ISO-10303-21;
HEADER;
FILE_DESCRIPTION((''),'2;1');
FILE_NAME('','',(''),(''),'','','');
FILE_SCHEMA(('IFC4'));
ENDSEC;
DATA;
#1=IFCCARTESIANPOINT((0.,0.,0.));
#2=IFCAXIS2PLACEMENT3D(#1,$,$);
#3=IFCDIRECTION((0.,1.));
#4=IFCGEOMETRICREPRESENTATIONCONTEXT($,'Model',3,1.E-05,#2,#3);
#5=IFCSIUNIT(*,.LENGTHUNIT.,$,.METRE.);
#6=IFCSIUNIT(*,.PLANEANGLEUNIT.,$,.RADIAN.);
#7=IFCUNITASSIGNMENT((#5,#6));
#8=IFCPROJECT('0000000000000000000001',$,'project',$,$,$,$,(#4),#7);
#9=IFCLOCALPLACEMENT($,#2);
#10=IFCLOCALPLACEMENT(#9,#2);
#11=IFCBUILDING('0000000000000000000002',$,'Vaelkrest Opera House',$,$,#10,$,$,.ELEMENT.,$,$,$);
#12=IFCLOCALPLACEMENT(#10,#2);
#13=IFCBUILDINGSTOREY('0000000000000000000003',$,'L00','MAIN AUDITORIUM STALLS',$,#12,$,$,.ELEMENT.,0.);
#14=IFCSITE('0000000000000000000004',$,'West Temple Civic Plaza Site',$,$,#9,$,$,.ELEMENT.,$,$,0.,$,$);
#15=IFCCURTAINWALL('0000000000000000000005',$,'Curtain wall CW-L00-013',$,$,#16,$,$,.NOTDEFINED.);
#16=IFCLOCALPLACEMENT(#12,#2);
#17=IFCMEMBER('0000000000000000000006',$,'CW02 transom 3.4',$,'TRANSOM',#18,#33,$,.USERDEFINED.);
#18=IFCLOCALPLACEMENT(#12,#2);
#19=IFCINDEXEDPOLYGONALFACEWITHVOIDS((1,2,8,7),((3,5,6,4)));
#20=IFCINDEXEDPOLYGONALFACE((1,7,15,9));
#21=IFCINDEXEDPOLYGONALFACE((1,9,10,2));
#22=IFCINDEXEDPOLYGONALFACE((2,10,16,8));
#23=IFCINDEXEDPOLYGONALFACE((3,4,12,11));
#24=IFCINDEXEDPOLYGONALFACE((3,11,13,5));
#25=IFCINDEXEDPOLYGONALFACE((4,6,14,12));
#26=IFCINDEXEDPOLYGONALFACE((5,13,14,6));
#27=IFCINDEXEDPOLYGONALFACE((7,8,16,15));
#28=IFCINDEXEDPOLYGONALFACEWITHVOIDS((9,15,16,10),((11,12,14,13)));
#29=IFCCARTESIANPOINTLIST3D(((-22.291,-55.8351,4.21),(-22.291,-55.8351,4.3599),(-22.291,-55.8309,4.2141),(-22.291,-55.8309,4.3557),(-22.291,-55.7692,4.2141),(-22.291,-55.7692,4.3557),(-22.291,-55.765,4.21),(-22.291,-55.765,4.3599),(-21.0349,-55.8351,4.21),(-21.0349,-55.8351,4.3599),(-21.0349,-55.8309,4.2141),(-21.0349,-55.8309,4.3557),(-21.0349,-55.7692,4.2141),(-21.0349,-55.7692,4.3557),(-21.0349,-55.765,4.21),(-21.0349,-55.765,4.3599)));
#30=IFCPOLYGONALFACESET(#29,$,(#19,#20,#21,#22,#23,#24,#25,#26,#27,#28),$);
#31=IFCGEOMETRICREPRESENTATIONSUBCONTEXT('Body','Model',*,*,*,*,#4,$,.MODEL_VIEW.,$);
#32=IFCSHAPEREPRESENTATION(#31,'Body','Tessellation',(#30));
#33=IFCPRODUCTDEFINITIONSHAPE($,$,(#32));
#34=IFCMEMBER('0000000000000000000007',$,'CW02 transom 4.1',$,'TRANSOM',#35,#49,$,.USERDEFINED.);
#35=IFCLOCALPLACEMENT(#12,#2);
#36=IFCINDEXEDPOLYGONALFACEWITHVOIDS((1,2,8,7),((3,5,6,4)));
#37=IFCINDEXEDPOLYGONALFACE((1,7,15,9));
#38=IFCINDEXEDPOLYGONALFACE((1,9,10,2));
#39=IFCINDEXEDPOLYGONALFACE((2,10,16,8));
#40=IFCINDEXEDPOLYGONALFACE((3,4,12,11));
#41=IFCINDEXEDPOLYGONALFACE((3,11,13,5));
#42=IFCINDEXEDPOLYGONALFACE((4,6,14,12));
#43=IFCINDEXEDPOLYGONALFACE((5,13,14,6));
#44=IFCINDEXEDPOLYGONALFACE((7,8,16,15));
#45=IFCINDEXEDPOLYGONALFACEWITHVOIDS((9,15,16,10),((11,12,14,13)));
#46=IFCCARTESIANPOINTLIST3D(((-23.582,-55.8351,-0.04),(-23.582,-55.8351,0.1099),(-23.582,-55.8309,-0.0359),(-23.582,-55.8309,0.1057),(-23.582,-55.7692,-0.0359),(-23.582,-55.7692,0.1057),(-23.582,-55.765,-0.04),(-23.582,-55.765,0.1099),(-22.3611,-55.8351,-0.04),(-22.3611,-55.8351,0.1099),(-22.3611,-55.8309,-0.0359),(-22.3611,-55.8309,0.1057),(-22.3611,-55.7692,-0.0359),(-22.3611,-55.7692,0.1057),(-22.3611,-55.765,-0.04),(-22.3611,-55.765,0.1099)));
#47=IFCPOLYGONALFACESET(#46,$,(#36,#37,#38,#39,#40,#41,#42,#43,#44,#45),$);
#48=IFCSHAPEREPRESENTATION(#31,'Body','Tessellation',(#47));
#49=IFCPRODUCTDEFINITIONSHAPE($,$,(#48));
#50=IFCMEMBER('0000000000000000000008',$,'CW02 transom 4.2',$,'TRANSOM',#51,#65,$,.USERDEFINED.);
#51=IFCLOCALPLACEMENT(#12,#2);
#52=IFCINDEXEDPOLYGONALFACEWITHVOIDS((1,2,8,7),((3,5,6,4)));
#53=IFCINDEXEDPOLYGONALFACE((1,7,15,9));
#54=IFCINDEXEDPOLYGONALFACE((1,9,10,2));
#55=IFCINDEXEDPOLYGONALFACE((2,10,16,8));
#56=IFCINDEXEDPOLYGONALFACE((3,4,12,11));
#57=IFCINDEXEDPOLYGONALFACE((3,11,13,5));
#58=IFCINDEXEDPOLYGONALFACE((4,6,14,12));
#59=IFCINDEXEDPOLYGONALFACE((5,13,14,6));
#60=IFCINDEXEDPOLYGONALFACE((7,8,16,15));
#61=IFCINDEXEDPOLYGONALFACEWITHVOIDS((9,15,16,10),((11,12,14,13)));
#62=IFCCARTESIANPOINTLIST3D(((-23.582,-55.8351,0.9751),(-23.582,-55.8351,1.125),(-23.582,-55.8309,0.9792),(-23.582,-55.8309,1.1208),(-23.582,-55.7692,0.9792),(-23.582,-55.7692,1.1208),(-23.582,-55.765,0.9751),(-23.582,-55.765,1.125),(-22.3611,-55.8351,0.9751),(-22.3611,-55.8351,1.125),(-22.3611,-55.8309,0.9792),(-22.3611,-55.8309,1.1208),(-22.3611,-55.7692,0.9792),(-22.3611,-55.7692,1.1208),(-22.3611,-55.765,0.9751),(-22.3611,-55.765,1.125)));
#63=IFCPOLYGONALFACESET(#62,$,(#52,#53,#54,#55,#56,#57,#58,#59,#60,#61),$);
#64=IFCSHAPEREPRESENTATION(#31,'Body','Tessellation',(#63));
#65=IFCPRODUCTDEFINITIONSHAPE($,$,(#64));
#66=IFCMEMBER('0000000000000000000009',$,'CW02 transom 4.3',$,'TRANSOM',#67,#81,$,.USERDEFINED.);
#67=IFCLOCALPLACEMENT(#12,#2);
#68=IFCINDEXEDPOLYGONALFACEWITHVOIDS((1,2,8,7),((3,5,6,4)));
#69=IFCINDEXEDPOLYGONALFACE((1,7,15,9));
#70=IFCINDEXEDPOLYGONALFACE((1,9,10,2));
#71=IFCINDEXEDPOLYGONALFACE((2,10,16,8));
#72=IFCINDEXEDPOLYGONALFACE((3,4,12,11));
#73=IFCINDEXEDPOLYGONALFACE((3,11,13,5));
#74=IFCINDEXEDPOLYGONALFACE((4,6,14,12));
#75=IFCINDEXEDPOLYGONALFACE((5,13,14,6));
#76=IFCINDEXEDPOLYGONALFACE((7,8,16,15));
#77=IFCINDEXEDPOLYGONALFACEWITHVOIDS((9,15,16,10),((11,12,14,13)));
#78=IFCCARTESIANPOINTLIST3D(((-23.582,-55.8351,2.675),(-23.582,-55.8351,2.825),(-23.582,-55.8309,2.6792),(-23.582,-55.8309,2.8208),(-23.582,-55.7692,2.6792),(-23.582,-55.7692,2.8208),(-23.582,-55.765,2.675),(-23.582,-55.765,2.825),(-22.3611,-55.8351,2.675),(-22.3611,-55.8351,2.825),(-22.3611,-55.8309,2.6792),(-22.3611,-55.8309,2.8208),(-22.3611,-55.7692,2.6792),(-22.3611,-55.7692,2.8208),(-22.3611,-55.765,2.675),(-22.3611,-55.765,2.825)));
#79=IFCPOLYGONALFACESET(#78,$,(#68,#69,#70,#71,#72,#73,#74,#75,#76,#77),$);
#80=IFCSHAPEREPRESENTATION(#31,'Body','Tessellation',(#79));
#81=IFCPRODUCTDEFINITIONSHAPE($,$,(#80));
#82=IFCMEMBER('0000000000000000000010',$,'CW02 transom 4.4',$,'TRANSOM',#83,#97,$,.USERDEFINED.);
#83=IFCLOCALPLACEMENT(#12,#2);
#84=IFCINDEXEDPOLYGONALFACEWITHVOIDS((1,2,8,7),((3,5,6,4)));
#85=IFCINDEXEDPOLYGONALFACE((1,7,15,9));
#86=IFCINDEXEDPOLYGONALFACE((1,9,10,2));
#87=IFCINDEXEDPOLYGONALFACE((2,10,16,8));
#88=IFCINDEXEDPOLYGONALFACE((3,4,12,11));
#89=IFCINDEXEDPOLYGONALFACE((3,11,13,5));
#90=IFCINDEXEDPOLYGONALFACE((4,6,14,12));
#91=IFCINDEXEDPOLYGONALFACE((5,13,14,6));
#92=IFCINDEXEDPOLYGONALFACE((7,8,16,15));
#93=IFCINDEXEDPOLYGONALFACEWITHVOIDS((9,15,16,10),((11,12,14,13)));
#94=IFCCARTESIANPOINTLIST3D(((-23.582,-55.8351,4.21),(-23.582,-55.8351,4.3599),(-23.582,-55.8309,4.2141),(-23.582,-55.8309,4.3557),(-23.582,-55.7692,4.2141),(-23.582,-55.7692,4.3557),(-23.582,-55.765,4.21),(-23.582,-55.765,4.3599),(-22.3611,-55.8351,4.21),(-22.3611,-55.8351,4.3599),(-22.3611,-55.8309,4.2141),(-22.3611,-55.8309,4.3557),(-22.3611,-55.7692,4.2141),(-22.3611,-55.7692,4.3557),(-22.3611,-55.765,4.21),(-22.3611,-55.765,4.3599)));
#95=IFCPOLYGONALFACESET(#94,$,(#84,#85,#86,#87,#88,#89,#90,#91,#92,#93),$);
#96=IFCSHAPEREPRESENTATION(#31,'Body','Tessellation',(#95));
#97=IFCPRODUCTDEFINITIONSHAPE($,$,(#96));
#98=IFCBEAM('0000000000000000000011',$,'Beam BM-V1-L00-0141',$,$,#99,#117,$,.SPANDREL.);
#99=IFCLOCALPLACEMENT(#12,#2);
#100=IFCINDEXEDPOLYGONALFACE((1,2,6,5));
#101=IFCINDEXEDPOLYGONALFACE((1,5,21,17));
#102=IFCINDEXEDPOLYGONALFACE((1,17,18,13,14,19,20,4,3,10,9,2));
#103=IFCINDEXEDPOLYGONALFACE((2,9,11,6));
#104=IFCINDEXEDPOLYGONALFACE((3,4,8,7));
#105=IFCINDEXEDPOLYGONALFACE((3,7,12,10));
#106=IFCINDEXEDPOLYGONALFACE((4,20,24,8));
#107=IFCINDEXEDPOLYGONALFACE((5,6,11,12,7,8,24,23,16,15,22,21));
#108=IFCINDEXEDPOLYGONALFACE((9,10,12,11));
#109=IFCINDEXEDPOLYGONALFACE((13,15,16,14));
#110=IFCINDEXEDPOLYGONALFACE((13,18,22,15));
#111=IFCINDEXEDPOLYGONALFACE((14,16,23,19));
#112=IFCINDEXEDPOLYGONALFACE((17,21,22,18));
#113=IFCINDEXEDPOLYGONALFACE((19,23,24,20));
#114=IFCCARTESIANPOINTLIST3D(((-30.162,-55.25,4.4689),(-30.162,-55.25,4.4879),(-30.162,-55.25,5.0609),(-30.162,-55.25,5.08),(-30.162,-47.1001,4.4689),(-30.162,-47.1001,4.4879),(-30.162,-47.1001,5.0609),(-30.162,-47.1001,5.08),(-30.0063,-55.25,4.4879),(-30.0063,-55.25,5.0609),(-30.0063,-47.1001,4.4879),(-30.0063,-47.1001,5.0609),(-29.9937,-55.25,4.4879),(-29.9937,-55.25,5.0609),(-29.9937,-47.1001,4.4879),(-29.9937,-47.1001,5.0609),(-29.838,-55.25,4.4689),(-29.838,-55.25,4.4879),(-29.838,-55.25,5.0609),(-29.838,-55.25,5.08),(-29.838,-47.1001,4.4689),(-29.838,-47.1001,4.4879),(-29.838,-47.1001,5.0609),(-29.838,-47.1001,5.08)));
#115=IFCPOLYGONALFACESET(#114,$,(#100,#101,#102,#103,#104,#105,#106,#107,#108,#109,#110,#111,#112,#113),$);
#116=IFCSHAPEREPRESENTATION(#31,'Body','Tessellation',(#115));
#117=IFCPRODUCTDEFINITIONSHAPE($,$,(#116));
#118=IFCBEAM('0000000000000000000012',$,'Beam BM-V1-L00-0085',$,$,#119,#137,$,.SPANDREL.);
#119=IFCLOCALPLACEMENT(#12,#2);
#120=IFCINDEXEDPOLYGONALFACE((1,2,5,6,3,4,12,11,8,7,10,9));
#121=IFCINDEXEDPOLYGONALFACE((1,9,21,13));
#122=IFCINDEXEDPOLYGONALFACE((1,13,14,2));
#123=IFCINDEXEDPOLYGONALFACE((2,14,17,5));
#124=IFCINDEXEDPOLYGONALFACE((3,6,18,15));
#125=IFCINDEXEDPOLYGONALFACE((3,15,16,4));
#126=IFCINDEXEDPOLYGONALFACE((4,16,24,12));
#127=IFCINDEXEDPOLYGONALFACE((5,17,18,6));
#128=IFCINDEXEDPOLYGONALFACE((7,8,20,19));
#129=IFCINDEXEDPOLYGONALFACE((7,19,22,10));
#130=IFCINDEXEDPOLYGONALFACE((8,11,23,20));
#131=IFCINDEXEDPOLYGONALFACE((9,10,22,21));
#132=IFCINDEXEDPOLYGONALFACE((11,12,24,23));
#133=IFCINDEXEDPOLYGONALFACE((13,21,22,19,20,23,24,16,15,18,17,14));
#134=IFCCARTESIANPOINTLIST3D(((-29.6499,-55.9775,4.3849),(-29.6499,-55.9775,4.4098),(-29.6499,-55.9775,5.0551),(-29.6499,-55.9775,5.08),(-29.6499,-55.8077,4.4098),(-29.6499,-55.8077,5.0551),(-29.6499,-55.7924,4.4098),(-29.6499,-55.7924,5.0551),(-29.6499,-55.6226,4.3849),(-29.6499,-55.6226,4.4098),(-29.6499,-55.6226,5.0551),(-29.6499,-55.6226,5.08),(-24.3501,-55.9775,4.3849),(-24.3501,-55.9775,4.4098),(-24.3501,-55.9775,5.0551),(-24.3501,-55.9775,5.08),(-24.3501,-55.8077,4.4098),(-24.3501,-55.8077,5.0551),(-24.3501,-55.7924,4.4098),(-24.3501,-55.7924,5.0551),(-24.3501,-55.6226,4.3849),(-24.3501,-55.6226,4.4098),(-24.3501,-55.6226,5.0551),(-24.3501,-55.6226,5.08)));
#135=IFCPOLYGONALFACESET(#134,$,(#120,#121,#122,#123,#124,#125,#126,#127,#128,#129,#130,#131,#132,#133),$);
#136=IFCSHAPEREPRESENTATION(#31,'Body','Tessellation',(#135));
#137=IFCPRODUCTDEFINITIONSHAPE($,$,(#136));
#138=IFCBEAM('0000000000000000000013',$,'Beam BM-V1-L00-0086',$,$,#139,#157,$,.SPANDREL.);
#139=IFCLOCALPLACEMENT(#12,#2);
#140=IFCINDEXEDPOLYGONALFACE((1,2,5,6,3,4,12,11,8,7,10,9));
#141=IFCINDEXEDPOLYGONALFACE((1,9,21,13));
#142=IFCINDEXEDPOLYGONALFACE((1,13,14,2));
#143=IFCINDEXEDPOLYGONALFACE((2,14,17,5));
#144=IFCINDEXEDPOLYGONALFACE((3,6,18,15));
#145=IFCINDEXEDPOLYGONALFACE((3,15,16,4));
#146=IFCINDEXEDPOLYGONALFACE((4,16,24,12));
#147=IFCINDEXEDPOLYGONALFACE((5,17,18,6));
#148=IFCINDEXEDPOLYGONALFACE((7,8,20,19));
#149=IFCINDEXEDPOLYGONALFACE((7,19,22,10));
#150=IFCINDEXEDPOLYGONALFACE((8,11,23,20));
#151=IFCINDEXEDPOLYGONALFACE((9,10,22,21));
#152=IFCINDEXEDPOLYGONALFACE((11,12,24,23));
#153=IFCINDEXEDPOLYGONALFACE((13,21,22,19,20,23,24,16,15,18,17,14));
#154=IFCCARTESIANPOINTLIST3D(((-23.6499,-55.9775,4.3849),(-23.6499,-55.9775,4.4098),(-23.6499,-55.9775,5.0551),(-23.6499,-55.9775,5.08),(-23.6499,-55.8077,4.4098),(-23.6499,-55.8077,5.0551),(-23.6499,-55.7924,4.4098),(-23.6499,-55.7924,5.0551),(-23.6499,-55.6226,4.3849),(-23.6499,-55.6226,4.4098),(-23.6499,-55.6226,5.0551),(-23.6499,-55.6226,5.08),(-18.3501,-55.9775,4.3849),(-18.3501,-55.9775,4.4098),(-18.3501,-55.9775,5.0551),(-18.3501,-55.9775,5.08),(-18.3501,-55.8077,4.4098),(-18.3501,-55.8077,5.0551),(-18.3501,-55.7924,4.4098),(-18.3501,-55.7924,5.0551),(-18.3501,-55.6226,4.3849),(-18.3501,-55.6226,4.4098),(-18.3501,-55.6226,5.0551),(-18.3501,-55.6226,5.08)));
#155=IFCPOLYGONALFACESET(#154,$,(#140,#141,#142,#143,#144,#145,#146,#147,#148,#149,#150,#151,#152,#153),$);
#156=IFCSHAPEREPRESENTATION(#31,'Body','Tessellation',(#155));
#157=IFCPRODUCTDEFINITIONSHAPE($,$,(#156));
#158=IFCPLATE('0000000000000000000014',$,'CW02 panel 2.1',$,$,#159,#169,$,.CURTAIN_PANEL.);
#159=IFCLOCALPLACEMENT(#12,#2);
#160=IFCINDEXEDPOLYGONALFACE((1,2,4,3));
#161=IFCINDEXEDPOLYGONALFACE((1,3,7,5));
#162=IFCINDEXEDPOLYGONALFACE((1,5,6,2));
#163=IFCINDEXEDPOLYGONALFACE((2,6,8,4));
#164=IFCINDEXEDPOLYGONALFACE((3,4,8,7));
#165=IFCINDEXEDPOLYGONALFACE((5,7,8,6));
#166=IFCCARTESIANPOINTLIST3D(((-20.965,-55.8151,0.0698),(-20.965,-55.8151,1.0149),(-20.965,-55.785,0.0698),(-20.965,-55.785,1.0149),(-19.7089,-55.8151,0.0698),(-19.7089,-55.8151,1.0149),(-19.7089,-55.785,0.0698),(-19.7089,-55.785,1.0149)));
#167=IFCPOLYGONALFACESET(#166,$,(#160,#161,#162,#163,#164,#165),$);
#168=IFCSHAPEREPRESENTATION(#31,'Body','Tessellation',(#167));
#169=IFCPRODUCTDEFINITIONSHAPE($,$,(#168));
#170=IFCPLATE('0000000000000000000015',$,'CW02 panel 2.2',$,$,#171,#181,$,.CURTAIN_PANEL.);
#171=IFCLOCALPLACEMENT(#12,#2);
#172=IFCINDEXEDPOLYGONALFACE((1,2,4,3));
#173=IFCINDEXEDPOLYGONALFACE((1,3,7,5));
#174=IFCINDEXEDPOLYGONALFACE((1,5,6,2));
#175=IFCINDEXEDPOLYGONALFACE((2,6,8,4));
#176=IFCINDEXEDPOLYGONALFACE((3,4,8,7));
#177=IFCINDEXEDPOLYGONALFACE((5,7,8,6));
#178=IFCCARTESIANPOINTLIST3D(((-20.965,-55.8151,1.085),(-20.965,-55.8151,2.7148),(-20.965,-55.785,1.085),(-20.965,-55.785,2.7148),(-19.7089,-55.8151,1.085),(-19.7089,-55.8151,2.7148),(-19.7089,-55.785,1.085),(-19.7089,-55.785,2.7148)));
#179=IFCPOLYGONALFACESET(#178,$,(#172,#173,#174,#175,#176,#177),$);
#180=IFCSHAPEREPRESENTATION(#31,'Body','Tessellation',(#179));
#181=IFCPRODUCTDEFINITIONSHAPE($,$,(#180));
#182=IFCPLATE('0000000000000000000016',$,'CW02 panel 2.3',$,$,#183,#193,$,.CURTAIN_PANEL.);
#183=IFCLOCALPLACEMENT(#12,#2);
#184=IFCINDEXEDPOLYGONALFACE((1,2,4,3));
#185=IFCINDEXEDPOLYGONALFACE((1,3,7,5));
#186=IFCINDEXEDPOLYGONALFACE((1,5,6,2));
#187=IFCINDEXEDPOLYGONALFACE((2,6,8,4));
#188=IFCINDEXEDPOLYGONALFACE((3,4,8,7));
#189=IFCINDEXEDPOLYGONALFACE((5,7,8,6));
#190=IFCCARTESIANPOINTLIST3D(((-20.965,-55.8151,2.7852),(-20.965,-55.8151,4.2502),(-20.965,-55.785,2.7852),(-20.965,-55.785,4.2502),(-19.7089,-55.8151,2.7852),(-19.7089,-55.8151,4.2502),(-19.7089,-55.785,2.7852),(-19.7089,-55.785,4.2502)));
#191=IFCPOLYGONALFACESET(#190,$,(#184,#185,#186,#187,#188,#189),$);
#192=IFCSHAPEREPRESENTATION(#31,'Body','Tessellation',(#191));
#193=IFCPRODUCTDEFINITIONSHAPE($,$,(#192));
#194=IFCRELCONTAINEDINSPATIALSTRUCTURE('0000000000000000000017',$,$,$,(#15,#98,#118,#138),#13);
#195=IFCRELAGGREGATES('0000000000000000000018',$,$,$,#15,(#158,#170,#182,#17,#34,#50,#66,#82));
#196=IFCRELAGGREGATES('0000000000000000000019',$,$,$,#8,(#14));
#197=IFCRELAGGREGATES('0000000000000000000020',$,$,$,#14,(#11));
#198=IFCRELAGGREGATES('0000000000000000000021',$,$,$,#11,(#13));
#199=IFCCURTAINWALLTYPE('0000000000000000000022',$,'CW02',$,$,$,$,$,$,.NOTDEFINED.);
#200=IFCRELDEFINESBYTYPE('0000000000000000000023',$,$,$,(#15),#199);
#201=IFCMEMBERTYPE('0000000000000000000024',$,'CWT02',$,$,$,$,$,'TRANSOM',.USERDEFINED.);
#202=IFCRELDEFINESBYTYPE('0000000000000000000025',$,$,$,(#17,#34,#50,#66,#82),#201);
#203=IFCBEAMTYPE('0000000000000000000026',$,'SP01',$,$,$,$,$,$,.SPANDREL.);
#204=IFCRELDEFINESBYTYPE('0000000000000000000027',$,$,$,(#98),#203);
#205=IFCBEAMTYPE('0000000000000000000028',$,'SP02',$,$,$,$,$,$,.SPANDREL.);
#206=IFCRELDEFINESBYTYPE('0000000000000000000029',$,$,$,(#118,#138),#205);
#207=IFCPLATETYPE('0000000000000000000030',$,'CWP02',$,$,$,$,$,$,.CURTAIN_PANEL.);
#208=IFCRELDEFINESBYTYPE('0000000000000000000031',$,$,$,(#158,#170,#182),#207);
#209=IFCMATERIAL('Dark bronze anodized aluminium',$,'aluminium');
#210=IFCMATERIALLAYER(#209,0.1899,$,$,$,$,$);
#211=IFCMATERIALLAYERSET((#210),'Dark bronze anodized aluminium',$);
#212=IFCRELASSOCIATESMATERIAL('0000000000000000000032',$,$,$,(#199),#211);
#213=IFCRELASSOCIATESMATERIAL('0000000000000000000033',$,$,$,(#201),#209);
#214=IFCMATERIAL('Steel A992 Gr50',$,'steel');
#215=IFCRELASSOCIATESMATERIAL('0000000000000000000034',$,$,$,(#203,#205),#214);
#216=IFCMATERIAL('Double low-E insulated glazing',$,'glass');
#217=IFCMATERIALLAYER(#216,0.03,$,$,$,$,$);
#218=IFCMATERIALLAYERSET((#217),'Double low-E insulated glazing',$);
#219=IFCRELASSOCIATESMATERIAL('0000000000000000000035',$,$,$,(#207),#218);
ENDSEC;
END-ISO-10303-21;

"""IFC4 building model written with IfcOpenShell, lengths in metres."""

from ifc_helpers import new_model, si_unit, direction, frame, origin, origin_2d, place, context, subcontext, project, spatial, rectangle, hollow_rectangle, i_section, extrude, material, layer, layer_set, material_profile, profile_set, type_object, element, aggregate, save


model = new_model("IFC4")

# Units and contexts
model_context = context("Model", 3, precision=1e-05, world=origin(), true_north=direction((0.0, 1.0)))
body_context = subcontext(model_context, "Body", "Model", "MODEL_VIEW")
ifc_project = project(units=[si_unit("LENGTHUNIT", "METRE"), si_unit("PLANEANGLEUNIT", "RADIAN")], contexts=[model_context])

# Site, building, storey
site_placement = place(None, origin())
site = spatial("IfcSite", under=ifc_project, at=site_placement, Name="West Temple Civic Plaza Site", CompositionType="ELEMENT", RefElevation=0.0)
building_placement = place(site_placement, origin())
building = spatial("IfcBuilding", under=site, at=building_placement, Name="Vaelkrest Opera House", CompositionType="ELEMENT")
storey_placement = place(building_placement, origin())
storey = spatial("IfcBuildingStorey", under=building, at=storey_placement, Name="L00", Description="MAIN AUDITORIUM STALLS", CompositionType="ELEMENT", Elevation=0.0)

# Shared definitions
ifc_material_1 = material(Name="Steel A992 Gr50", Category="steel")

# Curtain wall, members
ifc_material_2 = material(Name="Dark bronze anodized aluminium", Category="aluminium")
ifc_layer_1 = layer(ifc_material_2, 0.1899)
ifc_layer_set_1 = layer_set([ifc_layer_1], Name="Dark bronze anodized aluminium")
curtain_wall_type = type_object("IfcCurtainWallType", Name="CW02", PredefinedType="NOTDEFINED", material=ifc_layer_set_1)
curtain_wall_placement = place(storey_placement, origin())
curtain_wall = element("IfcCurtainWall", 1, at=curtain_wall_placement, inside=storey, type_object=curtain_wall_type, Name="Curtain wall CW-L00-013", PredefinedType="NOTDEFINED")
ifc_material_profile_1 = material_profile(ifc_material_2, hollow_rectangle(XDim=0.0701, YDim=0.1499, WallThickness=0.0042, at=origin_2d()), Name="CWT70X150")
ifc_profile_set_1 = profile_set([ifc_material_profile_1], Name="Dark bronze anodized aluminium")
member_type_1 = type_object("IfcMemberType", Name="CWT02", ElementType="TRANSOM", PredefinedType="USERDEFINED", material=ifc_profile_set_1)
member_1_placement = place(storey_placement, frame((-21.0349, -55.8, 4.2849), z_axis=(-1.0, 0.0, 0.0), x_axis=(0.0, -1.0, 0.0)))
member_1 = element("IfcMember", 2, at=member_1_placement, type_object=member_type_1, Name="CW02 transom 3.4", ObjectType="TRANSOM", PredefinedType="USERDEFINED", context=body_context, shape_type="SweptSolid", body=[
    extrude(hollow_rectangle(XDim=0.0701, YDim=0.1499, WallThickness=0.0042, at=origin_2d()), origin(), (0.0, 0.0, 1.0), 1.2561),
])
member_2_placement = place(storey_placement, frame((-22.3611, -55.8, 0.0349), z_axis=(-1.0, 0.0, 0.0), x_axis=(0.0, -1.0, 0.0)))
member_2 = element("IfcMember", 3, at=member_2_placement, type_object=member_type_1, Name="CW02 transom 4.1", ObjectType="TRANSOM", PredefinedType="USERDEFINED", context=body_context, shape_type="SweptSolid", body=[
    extrude(hollow_rectangle(XDim=0.0701, YDim=0.1499, WallThickness=0.0042, at=origin_2d()), origin(), (0.0, 0.0, 1.0), 1.2209),
])
member_3_placement = place(storey_placement, frame((-22.3611, -55.8, 1.05), z_axis=(-1.0, 0.0, 0.0), x_axis=(0.0, -1.0, 0.0)))
member_3 = element("IfcMember", 4, at=member_3_placement, type_object=member_type_1, Name="CW02 transom 4.2", ObjectType="TRANSOM", PredefinedType="USERDEFINED", context=body_context, shape_type="SweptSolid", body=[
    extrude(hollow_rectangle(XDim=0.0701, YDim=0.1499, WallThickness=0.0042, at=origin_2d()), origin(), (0.0, 0.0, 1.0), 1.2209),
])
member_4_placement = place(storey_placement, frame((-22.3611, -55.8, 2.75), z_axis=(-1.0, 0.0, 0.0), x_axis=(0.0, -1.0, 0.0)))
member_4 = element("IfcMember", 5, at=member_4_placement, type_object=member_type_1, Name="CW02 transom 4.3", ObjectType="TRANSOM", PredefinedType="USERDEFINED", context=body_context, shape_type="SweptSolid", body=[
    extrude(hollow_rectangle(XDim=0.0701, YDim=0.1499, WallThickness=0.0042, at=origin_2d()), origin(), (0.0, 0.0, 1.0), 1.2209),
])
member_5_placement = place(storey_placement, frame((-22.3611, -55.8, 4.2849), z_axis=(-1.0, 0.0, 0.0), x_axis=(0.0, -1.0, 0.0)))
member_5 = element("IfcMember", 6, at=member_5_placement, type_object=member_type_1, Name="CW02 transom 4.4", ObjectType="TRANSOM", PredefinedType="USERDEFINED", context=body_context, shape_type="SweptSolid", body=[
    extrude(hollow_rectangle(XDim=0.0701, YDim=0.1499, WallThickness=0.0042, at=origin_2d()), origin(), (0.0, 0.0, 1.0), 1.2209),
])

# Beams
ifc_material_profile_2 = material_profile(ifc_material_1, i_section(OverallWidth=0.324, OverallDepth=0.6111, WebThickness=0.0127, FlangeThickness=0.019, at=origin_2d()), Name="W24X104")
ifc_profile_set_2 = profile_set([ifc_material_profile_2], Name="Steel A992 Gr50")
beam_type_1 = type_object("IfcBeamType", Name="SP01", PredefinedType="SPANDREL", material=ifc_profile_set_2)
beam_1_placement = place(storey_placement, frame((-30.0, -55.25, 4.7744), z_axis=(0.0, 1.0, 0.0), x_axis=(-1.0, 0.0, 0.0)))
element("IfcBeam", 7, at=beam_1_placement, inside=storey, type_object=beam_type_1, Name="Beam BM-V1-L00-0141", PredefinedType="SPANDREL", context=body_context, shape_type="SweptSolid", body=[
    extrude(i_section(OverallWidth=0.324, OverallDepth=0.6111, WebThickness=0.0127, FlangeThickness=0.019, at=origin_2d()), origin(), (0.0, 0.0, 1.0), 8.1499),
])
ifc_material_profile_3 = material_profile(ifc_material_1, i_section(OverallWidth=0.355, OverallDepth=0.6951, WebThickness=0.0154, FlangeThickness=0.0249, at=origin_2d()), Name="W27X146")
ifc_profile_set_3 = profile_set([ifc_material_profile_3], Name="Steel A992 Gr50")
beam_type_2 = type_object("IfcBeamType", Name="SP02", PredefinedType="SPANDREL", material=ifc_profile_set_3)
for number, where, z_axis, x_axis, name in (
    (8, (-29.6499, -55.8, 4.7324), (1.0, 0.0, 0.0), (0.0, 1.0, 0.0), "Beam BM-V1-L00-0085"),
    (9, (-23.6499, -55.8, 4.7324), (1.0, 0.0, 0.0), (0.0, 1.0, 0.0), "Beam BM-V1-L00-0086"),
):
    element("IfcBeam", number, at=place(storey_placement, frame(where, z_axis=z_axis, x_axis=x_axis)), inside=storey, type_object=beam_type_2, Name=name, PredefinedType="SPANDREL", context=body_context, shape_type="SweptSolid", body=[
        extrude(i_section(OverallWidth=0.355, OverallDepth=0.6951, WebThickness=0.0154, FlangeThickness=0.0249, at=origin_2d()), origin(), (0.0, 0.0, 1.0), 5.2998),
    ])

# Plates
ifc_material_3 = material(Name="Double low-E insulated glazing", Category="glass")
ifc_layer_2 = layer(ifc_material_3, 0.03)
ifc_layer_set_2 = layer_set([ifc_layer_2], Name="Double low-E insulated glazing")
plate_type = type_object("IfcPlateType", Name="CWP02", PredefinedType="CURTAIN_PANEL", material=ifc_layer_set_2)
plate_1_placement = place(storey_placement, frame((-20.3369, -55.8, 0.0698), z_axis=(0.0, 0.0, 1.0), x_axis=(-1.0, 0.0, 0.0)))
plate_1 = element("IfcPlate", 10, at=plate_1_placement, type_object=plate_type, Name="CW02 panel 2.1", PredefinedType="CURTAIN_PANEL", context=body_context, shape_type="SweptSolid", body=[
    extrude(rectangle(XDim=1.2561, YDim=0.03, at=origin_2d()), origin(), (0.0, 0.0, 1.0), 0.9451),
])
plate_2_placement = place(storey_placement, frame((-20.3369, -55.8, 1.085), z_axis=(0.0, 0.0, 1.0), x_axis=(-1.0, 0.0, 0.0)))
plate_2 = element("IfcPlate", 11, at=plate_2_placement, type_object=plate_type, Name="CW02 panel 2.2", PredefinedType="CURTAIN_PANEL", context=body_context, shape_type="SweptSolid", body=[
    extrude(rectangle(XDim=1.2561, YDim=0.03, at=origin_2d()), origin(), (0.0, 0.0, 1.0), 1.6299),
])
plate_3_placement = place(storey_placement, frame((-20.3369, -55.8, 2.7852), z_axis=(0.0, 0.0, 1.0), x_axis=(-1.0, 0.0, 0.0)))
plate_3 = element("IfcPlate", 12, at=plate_3_placement, type_object=plate_type, Name="CW02 panel 2.3", PredefinedType="CURTAIN_PANEL", context=body_context, shape_type="SweptSolid", body=[
    extrude(rectangle(XDim=1.2561, YDim=0.03, at=origin_2d()), origin(), (0.0, 0.0, 1.0), 1.4651),
])
aggregate(curtain_wall, [plate_1, plate_2, plate_3, member_1, member_2, member_3, member_4, member_5])

save(model, "model.ifc")
